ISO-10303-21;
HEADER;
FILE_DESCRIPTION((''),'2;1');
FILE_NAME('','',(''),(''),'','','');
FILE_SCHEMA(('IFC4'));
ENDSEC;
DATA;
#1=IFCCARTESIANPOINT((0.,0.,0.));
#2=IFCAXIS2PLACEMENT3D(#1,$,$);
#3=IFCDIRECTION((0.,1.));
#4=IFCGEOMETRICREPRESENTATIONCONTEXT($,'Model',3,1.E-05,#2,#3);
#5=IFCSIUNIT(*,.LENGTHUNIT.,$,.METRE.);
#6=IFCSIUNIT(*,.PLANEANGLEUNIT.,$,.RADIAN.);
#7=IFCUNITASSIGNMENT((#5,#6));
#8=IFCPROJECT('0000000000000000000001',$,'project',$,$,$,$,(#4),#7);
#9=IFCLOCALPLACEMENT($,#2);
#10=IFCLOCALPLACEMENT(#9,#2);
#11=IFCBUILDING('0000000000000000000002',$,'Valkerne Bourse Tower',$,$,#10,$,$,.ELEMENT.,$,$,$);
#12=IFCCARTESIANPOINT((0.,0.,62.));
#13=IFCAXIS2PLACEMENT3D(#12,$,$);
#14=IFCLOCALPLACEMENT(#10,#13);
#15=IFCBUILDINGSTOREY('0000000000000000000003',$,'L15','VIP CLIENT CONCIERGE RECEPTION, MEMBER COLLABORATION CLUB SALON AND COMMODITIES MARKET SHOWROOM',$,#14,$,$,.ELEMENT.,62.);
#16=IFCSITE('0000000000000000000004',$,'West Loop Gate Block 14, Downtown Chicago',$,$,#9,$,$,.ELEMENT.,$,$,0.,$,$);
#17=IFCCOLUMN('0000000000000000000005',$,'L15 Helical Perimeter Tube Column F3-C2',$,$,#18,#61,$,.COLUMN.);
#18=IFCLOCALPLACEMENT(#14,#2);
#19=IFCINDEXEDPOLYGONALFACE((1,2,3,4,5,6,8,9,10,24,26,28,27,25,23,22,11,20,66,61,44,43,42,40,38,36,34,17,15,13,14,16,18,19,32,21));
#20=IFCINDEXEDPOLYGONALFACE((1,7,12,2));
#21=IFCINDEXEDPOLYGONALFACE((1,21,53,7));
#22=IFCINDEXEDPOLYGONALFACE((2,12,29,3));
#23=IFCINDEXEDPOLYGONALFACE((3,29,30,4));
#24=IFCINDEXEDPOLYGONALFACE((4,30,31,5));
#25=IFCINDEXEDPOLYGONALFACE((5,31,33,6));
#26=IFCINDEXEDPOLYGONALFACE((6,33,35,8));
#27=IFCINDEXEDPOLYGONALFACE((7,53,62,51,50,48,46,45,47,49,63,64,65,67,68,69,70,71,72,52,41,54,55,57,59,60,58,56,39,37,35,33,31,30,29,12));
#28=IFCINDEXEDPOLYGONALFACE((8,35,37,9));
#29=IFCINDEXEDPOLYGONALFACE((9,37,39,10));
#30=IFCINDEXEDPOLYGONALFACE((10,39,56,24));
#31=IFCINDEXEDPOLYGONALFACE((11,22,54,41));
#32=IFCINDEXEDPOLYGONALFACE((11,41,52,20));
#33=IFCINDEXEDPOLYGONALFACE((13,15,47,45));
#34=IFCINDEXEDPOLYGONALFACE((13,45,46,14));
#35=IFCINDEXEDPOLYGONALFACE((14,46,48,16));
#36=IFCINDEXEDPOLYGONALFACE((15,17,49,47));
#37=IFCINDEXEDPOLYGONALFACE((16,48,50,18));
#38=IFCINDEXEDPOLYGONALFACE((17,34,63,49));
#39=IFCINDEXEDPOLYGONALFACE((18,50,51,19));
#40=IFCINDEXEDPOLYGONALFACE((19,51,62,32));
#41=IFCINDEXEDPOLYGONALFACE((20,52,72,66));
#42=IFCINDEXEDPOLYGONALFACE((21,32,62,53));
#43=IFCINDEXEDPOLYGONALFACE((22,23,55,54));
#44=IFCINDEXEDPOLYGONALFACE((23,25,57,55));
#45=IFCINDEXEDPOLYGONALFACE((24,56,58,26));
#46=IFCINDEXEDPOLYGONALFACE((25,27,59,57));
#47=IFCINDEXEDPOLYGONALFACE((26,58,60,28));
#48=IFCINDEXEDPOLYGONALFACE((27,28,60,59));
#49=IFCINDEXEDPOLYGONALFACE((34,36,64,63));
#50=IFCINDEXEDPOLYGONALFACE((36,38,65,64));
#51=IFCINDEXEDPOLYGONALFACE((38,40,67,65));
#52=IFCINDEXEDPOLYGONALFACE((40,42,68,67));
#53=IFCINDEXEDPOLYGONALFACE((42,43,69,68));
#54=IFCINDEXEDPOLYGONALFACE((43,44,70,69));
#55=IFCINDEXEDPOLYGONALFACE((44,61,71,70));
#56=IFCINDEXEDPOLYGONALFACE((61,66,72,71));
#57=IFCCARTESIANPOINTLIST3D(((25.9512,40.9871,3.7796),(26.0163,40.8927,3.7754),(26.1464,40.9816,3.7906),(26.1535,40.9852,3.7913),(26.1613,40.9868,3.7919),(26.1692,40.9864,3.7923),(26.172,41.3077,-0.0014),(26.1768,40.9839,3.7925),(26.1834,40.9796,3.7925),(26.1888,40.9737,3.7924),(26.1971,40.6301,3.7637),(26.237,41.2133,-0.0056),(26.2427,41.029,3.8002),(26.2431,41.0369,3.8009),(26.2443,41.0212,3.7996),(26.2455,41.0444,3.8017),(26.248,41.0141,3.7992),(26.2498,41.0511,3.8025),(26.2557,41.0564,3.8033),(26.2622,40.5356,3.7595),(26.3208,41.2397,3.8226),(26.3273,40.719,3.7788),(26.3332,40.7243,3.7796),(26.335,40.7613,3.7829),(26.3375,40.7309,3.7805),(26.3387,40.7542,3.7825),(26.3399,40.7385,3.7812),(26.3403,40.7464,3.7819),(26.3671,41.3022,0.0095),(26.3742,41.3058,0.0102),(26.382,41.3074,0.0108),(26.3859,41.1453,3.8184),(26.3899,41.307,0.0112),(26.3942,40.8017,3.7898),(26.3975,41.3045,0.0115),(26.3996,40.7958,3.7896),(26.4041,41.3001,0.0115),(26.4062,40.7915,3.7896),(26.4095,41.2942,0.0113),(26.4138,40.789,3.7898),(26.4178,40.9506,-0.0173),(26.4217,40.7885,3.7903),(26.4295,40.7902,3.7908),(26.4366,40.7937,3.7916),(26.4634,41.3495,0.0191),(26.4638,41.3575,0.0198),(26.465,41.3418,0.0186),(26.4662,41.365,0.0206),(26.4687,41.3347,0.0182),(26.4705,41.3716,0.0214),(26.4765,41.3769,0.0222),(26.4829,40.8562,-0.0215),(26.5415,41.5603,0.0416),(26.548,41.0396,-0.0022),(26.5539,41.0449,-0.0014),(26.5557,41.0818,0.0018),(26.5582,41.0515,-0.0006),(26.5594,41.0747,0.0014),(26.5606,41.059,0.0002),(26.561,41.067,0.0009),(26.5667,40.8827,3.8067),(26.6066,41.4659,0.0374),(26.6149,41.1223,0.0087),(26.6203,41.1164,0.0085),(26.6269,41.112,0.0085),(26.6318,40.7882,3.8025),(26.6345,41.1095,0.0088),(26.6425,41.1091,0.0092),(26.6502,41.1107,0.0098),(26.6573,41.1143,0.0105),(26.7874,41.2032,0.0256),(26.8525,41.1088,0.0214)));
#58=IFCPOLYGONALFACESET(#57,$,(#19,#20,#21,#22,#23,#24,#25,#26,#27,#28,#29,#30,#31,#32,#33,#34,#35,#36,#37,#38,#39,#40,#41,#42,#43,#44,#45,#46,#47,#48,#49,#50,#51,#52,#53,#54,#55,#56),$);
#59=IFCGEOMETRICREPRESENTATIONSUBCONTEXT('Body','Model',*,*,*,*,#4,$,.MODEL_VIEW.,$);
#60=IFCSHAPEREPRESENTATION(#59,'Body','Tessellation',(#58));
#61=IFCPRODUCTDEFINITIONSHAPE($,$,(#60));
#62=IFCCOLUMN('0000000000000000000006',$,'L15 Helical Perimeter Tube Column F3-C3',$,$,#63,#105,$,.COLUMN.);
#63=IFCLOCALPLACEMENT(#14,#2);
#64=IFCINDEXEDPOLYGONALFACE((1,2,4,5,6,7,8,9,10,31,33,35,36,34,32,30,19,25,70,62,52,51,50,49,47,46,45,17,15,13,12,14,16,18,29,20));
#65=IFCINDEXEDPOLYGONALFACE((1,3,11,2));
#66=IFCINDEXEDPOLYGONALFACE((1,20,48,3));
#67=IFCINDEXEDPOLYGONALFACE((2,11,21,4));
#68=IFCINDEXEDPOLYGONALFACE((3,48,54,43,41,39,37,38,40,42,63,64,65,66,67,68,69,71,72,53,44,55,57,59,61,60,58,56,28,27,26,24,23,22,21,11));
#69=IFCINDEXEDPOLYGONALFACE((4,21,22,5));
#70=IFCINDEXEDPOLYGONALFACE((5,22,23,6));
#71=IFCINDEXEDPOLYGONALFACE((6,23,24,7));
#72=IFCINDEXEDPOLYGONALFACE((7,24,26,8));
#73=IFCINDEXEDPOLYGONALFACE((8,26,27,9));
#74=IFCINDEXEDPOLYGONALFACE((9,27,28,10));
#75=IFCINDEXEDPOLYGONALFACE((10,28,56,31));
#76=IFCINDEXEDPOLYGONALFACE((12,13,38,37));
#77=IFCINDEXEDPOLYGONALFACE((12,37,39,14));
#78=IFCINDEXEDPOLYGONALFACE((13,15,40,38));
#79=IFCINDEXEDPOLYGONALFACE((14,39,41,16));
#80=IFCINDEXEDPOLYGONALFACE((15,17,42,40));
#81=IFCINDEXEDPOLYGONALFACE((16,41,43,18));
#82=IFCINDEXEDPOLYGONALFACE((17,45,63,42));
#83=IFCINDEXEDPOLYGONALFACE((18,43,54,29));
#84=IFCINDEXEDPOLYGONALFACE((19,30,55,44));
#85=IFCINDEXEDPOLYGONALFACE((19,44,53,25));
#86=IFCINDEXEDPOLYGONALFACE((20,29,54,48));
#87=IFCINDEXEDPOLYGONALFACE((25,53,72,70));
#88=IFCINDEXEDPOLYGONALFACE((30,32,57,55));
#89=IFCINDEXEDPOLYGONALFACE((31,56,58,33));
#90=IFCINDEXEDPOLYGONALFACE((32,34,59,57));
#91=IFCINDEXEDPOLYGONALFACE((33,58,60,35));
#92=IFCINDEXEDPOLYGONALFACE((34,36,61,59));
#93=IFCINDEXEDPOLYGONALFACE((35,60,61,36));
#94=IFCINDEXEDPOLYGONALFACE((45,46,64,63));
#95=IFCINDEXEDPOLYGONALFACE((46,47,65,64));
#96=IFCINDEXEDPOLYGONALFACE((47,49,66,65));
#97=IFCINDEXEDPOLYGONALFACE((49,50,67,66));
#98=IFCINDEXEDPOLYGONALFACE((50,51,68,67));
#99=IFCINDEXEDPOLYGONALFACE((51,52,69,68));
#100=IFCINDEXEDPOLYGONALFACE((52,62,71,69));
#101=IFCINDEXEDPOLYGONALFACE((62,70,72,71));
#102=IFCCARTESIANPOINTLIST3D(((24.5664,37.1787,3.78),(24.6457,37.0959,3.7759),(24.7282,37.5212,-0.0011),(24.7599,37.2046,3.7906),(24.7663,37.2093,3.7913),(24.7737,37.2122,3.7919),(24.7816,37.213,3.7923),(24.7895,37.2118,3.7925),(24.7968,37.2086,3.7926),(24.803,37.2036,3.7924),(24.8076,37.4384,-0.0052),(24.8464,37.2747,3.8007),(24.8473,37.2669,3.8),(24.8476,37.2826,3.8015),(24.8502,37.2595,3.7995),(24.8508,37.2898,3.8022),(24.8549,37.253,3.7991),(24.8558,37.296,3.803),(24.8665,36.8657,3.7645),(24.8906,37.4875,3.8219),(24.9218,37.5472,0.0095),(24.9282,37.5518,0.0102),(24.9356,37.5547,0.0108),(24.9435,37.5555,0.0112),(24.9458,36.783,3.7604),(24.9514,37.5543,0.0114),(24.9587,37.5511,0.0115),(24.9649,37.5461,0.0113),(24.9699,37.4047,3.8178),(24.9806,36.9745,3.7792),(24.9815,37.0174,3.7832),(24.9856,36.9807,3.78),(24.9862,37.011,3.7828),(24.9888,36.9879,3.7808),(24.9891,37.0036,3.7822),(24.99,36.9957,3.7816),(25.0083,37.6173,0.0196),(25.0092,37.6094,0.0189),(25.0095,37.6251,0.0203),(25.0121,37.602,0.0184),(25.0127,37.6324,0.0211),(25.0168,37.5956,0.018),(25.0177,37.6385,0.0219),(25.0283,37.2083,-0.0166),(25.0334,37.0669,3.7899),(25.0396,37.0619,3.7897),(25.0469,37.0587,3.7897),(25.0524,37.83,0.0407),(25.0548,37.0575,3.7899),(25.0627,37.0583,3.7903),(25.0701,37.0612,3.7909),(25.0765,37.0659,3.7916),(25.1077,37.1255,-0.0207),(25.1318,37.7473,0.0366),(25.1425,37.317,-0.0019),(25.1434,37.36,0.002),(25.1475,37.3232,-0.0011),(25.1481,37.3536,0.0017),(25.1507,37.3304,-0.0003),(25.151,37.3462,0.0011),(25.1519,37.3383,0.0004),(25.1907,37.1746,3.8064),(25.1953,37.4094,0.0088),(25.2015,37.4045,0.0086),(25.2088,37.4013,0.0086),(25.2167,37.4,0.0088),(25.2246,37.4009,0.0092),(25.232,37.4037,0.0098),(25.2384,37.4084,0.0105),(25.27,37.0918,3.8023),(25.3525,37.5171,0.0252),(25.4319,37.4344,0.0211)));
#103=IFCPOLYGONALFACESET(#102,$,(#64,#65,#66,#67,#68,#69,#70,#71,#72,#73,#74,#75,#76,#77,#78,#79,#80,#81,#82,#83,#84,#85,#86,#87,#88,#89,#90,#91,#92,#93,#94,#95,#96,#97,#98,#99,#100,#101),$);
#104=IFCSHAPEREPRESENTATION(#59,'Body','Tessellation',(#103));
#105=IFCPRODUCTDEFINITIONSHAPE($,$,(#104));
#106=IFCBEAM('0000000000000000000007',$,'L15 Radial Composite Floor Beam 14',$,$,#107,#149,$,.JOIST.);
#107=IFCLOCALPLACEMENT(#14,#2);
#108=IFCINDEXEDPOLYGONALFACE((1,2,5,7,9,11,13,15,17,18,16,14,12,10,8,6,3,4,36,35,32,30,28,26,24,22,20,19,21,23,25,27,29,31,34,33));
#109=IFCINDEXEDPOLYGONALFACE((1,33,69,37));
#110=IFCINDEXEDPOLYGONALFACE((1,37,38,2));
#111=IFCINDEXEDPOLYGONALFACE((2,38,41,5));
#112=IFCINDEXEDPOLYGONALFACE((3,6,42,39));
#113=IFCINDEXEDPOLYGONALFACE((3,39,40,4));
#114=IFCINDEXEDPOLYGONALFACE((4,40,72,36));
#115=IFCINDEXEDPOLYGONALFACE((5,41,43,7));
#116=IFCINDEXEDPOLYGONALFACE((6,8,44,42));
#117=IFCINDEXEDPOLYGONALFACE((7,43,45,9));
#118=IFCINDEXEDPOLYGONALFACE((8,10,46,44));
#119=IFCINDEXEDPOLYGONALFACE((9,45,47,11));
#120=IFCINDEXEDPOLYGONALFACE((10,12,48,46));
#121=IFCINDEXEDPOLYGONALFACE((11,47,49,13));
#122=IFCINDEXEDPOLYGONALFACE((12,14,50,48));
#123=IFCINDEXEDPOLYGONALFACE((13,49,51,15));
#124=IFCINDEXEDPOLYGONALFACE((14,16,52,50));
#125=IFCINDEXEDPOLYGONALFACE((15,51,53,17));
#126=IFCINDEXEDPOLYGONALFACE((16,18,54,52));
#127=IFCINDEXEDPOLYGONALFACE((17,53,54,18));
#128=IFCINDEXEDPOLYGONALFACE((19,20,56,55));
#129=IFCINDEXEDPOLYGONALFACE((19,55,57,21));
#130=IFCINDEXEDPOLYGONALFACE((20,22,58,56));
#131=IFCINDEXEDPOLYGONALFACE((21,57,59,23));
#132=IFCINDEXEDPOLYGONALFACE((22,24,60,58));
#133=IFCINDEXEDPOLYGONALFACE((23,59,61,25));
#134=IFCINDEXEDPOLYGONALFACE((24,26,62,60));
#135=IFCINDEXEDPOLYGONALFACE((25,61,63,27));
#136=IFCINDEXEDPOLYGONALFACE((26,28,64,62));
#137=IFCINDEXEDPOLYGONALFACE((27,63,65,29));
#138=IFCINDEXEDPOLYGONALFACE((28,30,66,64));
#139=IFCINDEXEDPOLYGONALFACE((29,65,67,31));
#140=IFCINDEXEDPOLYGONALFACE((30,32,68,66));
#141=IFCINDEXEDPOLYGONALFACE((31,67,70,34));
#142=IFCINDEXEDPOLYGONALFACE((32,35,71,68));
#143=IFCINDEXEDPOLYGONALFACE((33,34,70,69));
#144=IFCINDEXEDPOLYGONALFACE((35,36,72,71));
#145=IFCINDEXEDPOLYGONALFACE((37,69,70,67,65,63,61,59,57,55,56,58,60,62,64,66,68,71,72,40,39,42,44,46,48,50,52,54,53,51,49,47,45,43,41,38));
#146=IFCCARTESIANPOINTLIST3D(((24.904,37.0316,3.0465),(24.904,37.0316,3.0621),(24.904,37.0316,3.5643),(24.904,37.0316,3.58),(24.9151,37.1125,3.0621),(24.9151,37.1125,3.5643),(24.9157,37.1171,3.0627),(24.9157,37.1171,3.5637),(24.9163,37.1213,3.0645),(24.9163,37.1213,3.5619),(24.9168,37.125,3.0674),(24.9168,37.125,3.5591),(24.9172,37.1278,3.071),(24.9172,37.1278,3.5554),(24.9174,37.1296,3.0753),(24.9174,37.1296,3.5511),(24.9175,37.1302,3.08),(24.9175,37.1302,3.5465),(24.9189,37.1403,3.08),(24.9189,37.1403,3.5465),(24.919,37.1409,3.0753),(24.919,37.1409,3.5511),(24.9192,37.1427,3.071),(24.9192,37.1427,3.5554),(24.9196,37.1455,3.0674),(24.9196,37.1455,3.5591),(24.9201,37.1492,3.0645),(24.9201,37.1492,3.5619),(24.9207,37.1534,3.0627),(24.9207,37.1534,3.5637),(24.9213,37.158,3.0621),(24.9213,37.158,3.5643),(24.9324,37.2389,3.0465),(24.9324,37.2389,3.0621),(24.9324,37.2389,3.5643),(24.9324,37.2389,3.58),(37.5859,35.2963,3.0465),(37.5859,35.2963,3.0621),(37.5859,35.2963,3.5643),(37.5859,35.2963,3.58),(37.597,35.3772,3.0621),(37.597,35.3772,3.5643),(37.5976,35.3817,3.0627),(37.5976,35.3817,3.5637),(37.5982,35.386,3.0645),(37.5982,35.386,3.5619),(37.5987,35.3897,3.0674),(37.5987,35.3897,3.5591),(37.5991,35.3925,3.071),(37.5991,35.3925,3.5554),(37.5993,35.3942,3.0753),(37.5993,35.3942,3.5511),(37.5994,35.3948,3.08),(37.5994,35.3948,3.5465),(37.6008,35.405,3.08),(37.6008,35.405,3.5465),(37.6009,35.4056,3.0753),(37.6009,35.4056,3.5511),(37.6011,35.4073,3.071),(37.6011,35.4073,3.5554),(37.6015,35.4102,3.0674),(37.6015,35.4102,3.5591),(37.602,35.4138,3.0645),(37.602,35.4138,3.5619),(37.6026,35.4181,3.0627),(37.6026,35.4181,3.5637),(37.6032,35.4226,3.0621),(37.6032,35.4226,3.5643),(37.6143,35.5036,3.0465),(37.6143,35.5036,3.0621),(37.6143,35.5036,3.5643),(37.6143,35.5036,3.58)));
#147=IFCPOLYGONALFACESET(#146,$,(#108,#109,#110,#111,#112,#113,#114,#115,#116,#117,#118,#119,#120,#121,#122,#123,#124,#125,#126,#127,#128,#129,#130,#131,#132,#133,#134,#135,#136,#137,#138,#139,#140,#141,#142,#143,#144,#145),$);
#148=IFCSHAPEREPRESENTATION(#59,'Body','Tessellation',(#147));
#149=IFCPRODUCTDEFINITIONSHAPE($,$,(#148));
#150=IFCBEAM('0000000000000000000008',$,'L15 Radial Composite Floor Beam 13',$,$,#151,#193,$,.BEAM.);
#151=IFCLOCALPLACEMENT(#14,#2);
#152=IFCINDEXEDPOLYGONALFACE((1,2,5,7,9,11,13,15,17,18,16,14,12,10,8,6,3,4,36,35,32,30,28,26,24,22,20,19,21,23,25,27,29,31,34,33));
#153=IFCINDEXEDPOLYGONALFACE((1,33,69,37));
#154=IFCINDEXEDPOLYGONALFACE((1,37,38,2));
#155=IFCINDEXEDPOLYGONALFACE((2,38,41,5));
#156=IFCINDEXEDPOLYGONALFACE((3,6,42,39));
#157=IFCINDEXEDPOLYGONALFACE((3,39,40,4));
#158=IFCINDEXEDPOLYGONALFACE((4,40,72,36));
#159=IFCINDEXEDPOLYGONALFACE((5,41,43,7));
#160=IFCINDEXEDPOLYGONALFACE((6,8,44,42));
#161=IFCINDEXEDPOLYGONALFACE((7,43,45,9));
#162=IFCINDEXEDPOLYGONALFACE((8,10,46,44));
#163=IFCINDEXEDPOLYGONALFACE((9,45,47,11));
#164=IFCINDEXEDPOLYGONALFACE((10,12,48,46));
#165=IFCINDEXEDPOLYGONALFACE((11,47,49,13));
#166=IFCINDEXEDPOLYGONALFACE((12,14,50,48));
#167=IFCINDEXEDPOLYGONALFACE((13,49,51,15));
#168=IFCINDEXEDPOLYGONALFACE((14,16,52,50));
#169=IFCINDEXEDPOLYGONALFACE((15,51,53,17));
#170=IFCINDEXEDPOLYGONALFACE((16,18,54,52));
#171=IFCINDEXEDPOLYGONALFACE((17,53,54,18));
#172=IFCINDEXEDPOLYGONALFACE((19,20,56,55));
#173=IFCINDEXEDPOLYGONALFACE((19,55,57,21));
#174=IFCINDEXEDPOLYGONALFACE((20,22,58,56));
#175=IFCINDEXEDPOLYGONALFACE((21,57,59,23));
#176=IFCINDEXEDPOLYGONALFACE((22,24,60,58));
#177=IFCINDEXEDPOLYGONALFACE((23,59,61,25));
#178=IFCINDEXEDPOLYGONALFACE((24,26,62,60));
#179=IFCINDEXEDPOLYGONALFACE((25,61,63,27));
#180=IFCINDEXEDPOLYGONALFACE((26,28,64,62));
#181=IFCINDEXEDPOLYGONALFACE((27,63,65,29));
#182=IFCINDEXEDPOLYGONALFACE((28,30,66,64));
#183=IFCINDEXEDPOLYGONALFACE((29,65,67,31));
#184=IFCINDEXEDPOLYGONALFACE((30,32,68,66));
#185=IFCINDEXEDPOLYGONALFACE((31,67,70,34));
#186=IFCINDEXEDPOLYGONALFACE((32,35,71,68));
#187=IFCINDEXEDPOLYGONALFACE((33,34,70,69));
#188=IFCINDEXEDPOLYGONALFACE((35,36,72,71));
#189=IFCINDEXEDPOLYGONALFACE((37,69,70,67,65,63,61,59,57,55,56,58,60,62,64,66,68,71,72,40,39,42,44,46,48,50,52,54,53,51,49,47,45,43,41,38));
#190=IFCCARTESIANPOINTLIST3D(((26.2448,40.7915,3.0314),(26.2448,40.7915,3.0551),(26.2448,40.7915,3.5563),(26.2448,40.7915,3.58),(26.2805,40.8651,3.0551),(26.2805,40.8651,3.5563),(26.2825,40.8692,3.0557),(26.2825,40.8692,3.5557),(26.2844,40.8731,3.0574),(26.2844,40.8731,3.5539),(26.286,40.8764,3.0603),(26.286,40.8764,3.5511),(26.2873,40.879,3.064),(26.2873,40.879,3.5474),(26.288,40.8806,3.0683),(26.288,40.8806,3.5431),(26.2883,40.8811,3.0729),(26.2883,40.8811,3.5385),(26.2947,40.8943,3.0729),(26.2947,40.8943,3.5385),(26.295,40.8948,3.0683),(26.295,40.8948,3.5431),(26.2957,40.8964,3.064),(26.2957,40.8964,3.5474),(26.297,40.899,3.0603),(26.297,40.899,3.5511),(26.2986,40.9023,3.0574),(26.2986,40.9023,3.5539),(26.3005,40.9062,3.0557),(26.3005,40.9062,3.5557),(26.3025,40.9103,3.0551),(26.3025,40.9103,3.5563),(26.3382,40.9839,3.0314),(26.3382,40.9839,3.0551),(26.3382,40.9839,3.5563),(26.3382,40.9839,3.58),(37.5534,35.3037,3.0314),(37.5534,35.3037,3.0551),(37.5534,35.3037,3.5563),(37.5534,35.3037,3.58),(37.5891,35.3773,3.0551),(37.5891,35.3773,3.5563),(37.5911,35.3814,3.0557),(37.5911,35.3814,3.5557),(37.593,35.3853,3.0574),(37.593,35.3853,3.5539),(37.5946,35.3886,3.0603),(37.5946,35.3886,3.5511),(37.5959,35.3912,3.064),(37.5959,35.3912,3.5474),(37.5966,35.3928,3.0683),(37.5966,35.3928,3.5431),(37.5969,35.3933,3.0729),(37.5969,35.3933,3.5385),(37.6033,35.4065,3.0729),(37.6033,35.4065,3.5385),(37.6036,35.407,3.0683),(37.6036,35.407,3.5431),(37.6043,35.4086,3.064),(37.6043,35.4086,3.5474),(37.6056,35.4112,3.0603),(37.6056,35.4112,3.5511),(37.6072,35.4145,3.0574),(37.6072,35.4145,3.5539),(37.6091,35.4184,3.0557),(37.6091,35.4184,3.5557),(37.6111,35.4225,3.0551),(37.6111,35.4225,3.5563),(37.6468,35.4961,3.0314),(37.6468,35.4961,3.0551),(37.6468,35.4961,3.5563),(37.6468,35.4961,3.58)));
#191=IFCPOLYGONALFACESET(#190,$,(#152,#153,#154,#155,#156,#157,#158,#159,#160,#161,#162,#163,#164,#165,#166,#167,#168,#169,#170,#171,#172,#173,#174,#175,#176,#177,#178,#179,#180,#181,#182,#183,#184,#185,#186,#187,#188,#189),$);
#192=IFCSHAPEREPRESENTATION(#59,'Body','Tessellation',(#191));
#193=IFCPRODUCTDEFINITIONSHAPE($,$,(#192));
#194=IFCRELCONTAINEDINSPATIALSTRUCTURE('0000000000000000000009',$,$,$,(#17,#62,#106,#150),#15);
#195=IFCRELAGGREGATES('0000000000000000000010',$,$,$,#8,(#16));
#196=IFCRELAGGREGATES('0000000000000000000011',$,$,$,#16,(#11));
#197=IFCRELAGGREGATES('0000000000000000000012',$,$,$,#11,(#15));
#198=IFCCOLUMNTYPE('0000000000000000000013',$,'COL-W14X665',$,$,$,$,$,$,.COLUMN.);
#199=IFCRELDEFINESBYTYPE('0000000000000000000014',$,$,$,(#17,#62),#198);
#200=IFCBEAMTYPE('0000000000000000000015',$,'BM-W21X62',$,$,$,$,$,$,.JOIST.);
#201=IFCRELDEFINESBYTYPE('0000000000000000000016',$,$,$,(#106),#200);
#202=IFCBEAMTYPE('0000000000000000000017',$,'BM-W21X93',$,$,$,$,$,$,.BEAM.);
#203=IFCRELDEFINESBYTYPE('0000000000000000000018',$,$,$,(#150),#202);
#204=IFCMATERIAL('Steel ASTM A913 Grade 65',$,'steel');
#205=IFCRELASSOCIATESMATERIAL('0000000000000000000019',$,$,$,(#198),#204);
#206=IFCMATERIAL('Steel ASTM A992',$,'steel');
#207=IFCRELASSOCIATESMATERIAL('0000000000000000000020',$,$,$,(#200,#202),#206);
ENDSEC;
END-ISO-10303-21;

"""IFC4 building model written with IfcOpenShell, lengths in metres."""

from ifc_helpers import new_model, si_unit, direction, frame, origin, origin_2d, place, context, subcontext, project, spatial, i_section, extrude, material, material_profile, profile_set, type_object, element, save


model = new_model("IFC4")

# Units and contexts
model_context = context("Model", 3, precision=1e-05, world=origin(), true_north=direction((0.0, 1.0)))
body_context = subcontext(model_context, "Body", "Model", "MODEL_VIEW")
ifc_project = project(units=[si_unit("LENGTHUNIT", "METRE"), si_unit("PLANEANGLEUNIT", "RADIAN")], contexts=[model_context])

# Site, building, storey
site_placement = place(None, origin())
site = spatial("IfcSite", under=ifc_project, at=site_placement, Name="West Loop Gate Block 14, Downtown Chicago", CompositionType="ELEMENT", RefElevation=0.0)
building_placement = place(site_placement, origin())
building = spatial("IfcBuilding", under=site, at=building_placement, Name="Valkerne Bourse Tower", CompositionType="ELEMENT")
storey_placement = place(building_placement, frame((0.0, 0.0, 62.0)))
storey = spatial("IfcBuildingStorey", under=building, at=storey_placement, Name="L15", Description="VIP CLIENT CONCIERGE RECEPTION, MEMBER COLLABORATION CLUB SALON AND COMMODITIES MARKET SHOWROOM", CompositionType="ELEMENT", Elevation=62.0)

# Columns
ifc_material_1 = material(Name="Steel ASTM A913 Grade 65", Category="steel")
ifc_material_profile_1 = material_profile(ifc_material_1, i_section(OverallWidth=0.4497, OverallDepth=0.5486, WebThickness=0.072, FlangeThickness=0.1147, FilletRadius=0.0305, at=origin_2d()), Name="W14X665")
ifc_profile_set_1 = profile_set([ifc_material_profile_1], Name="Steel ASTM A913 Grade 65")
column_type = type_object("IfcColumnType", Name="COL-W14X665", PredefinedType="COLUMN", material=ifc_profile_set_1)
column_1_placement = place(storey_placement, frame((26.5122, 41.2083, 0.01), z_axis=(-0.058065, -0.084335, 0.994744), x_axis=(-0.821812, -0.561683, -0.09559)))
element("IfcColumn", 1, at=column_1_placement, inside=storey, type_object=column_type, Name="L15 Helical Perimeter Tube Column F3-C2", PredefinedType="COLUMN", context=body_context, shape_type="SweptSolid", body=[
    extrude(i_section(OverallWidth=0.4497, OverallDepth=0.5486, WebThickness=0.072, FlangeThickness=0.1147, FilletRadius=0.0305, at=origin_2d()), origin(), (0.0, 0.0, 1.0), 3.801),
])
column_2_placement = place(storey_placement, frame((25.0801, 37.4778, 0.01), z_axis=(-0.042597, -0.090141, 0.995018), x_axis=(-0.720901, -0.686759, -0.093077)))
element("IfcColumn", 2, at=column_2_placement, inside=storey, type_object=column_type, Name="L15 Helical Perimeter Tube Column F3-C3", PredefinedType="COLUMN", context=body_context, shape_type="SweptSolid", body=[
    extrude(i_section(OverallWidth=0.4497, OverallDepth=0.5486, WebThickness=0.072, FlangeThickness=0.1147, FilletRadius=0.0305, at=origin_2d()), origin(), (0.0, 0.0, 1.0), 3.8),
])

# Beams
ifc_material_2 = material(Name="Steel ASTM A992", Category="steel")
ifc_material_profile_2 = material_profile(ifc_material_2, i_section(OverallWidth=0.2092, OverallDepth=0.5334, WebThickness=0.0103, FlangeThickness=0.0156, FilletRadius=0.0178, at=origin_2d()), Name="W21X62")
ifc_profile_set_2 = profile_set([ifc_material_profile_2], Name="Steel ASTM A992")
beam_type_1 = type_object("IfcBeamType", Name="BM-W21X62", PredefinedType="JOIST", material=ifc_profile_set_2)
beam_1_placement = place(storey_placement, frame((24.9182, 37.1353, 3.3132), z_axis=(0.990767, -0.135574, 0.0), x_axis=(0.135574, 0.990767, 0.0)))
element("IfcBeam", 3, at=beam_1_placement, inside=storey, type_object=beam_type_1, Name="L15 Radial Composite Floor Beam 14", PredefinedType="JOIST", context=body_context, shape_type="SweptSolid", body=[
    extrude(i_section(OverallWidth=0.2092, OverallDepth=0.5334, WebThickness=0.0103, FlangeThickness=0.0156, FilletRadius=0.0178, at=origin_2d()), origin(), (0.0, 0.0, 1.0), 12.8),
])
ifc_material_profile_3 = material_profile(ifc_material_2, i_section(OverallWidth=0.2139, OverallDepth=0.5486, WebThickness=0.0146, FlangeThickness=0.0237, FilletRadius=0.0178, at=origin_2d()), Name="W21X93")
ifc_profile_set_3 = profile_set([ifc_material_profile_3], Name="Steel ASTM A992")
beam_type_2 = type_object("IfcBeamType", Name="BM-W21X93", PredefinedType="BEAM", material=ifc_profile_set_3)
beam_2_placement = place(storey_placement, frame((26.2915, 40.8877, 3.3057), z_axis=(0.899663, -0.436585, 0.0), x_axis=(0.436585, 0.899663, 0.0)))
element("IfcBeam", 4, at=beam_2_placement, inside=storey, type_object=beam_type_2, Name="L15 Radial Composite Floor Beam 13", PredefinedType="BEAM", context=body_context, shape_type="SweptSolid", body=[
    extrude(i_section(OverallWidth=0.2139, OverallDepth=0.5486, WebThickness=0.0146, FlangeThickness=0.0237, FilletRadius=0.0178, at=origin_2d()), origin(), (0.0, 0.0, 1.0), 12.5698),
])

save(model, "model.ifc")
